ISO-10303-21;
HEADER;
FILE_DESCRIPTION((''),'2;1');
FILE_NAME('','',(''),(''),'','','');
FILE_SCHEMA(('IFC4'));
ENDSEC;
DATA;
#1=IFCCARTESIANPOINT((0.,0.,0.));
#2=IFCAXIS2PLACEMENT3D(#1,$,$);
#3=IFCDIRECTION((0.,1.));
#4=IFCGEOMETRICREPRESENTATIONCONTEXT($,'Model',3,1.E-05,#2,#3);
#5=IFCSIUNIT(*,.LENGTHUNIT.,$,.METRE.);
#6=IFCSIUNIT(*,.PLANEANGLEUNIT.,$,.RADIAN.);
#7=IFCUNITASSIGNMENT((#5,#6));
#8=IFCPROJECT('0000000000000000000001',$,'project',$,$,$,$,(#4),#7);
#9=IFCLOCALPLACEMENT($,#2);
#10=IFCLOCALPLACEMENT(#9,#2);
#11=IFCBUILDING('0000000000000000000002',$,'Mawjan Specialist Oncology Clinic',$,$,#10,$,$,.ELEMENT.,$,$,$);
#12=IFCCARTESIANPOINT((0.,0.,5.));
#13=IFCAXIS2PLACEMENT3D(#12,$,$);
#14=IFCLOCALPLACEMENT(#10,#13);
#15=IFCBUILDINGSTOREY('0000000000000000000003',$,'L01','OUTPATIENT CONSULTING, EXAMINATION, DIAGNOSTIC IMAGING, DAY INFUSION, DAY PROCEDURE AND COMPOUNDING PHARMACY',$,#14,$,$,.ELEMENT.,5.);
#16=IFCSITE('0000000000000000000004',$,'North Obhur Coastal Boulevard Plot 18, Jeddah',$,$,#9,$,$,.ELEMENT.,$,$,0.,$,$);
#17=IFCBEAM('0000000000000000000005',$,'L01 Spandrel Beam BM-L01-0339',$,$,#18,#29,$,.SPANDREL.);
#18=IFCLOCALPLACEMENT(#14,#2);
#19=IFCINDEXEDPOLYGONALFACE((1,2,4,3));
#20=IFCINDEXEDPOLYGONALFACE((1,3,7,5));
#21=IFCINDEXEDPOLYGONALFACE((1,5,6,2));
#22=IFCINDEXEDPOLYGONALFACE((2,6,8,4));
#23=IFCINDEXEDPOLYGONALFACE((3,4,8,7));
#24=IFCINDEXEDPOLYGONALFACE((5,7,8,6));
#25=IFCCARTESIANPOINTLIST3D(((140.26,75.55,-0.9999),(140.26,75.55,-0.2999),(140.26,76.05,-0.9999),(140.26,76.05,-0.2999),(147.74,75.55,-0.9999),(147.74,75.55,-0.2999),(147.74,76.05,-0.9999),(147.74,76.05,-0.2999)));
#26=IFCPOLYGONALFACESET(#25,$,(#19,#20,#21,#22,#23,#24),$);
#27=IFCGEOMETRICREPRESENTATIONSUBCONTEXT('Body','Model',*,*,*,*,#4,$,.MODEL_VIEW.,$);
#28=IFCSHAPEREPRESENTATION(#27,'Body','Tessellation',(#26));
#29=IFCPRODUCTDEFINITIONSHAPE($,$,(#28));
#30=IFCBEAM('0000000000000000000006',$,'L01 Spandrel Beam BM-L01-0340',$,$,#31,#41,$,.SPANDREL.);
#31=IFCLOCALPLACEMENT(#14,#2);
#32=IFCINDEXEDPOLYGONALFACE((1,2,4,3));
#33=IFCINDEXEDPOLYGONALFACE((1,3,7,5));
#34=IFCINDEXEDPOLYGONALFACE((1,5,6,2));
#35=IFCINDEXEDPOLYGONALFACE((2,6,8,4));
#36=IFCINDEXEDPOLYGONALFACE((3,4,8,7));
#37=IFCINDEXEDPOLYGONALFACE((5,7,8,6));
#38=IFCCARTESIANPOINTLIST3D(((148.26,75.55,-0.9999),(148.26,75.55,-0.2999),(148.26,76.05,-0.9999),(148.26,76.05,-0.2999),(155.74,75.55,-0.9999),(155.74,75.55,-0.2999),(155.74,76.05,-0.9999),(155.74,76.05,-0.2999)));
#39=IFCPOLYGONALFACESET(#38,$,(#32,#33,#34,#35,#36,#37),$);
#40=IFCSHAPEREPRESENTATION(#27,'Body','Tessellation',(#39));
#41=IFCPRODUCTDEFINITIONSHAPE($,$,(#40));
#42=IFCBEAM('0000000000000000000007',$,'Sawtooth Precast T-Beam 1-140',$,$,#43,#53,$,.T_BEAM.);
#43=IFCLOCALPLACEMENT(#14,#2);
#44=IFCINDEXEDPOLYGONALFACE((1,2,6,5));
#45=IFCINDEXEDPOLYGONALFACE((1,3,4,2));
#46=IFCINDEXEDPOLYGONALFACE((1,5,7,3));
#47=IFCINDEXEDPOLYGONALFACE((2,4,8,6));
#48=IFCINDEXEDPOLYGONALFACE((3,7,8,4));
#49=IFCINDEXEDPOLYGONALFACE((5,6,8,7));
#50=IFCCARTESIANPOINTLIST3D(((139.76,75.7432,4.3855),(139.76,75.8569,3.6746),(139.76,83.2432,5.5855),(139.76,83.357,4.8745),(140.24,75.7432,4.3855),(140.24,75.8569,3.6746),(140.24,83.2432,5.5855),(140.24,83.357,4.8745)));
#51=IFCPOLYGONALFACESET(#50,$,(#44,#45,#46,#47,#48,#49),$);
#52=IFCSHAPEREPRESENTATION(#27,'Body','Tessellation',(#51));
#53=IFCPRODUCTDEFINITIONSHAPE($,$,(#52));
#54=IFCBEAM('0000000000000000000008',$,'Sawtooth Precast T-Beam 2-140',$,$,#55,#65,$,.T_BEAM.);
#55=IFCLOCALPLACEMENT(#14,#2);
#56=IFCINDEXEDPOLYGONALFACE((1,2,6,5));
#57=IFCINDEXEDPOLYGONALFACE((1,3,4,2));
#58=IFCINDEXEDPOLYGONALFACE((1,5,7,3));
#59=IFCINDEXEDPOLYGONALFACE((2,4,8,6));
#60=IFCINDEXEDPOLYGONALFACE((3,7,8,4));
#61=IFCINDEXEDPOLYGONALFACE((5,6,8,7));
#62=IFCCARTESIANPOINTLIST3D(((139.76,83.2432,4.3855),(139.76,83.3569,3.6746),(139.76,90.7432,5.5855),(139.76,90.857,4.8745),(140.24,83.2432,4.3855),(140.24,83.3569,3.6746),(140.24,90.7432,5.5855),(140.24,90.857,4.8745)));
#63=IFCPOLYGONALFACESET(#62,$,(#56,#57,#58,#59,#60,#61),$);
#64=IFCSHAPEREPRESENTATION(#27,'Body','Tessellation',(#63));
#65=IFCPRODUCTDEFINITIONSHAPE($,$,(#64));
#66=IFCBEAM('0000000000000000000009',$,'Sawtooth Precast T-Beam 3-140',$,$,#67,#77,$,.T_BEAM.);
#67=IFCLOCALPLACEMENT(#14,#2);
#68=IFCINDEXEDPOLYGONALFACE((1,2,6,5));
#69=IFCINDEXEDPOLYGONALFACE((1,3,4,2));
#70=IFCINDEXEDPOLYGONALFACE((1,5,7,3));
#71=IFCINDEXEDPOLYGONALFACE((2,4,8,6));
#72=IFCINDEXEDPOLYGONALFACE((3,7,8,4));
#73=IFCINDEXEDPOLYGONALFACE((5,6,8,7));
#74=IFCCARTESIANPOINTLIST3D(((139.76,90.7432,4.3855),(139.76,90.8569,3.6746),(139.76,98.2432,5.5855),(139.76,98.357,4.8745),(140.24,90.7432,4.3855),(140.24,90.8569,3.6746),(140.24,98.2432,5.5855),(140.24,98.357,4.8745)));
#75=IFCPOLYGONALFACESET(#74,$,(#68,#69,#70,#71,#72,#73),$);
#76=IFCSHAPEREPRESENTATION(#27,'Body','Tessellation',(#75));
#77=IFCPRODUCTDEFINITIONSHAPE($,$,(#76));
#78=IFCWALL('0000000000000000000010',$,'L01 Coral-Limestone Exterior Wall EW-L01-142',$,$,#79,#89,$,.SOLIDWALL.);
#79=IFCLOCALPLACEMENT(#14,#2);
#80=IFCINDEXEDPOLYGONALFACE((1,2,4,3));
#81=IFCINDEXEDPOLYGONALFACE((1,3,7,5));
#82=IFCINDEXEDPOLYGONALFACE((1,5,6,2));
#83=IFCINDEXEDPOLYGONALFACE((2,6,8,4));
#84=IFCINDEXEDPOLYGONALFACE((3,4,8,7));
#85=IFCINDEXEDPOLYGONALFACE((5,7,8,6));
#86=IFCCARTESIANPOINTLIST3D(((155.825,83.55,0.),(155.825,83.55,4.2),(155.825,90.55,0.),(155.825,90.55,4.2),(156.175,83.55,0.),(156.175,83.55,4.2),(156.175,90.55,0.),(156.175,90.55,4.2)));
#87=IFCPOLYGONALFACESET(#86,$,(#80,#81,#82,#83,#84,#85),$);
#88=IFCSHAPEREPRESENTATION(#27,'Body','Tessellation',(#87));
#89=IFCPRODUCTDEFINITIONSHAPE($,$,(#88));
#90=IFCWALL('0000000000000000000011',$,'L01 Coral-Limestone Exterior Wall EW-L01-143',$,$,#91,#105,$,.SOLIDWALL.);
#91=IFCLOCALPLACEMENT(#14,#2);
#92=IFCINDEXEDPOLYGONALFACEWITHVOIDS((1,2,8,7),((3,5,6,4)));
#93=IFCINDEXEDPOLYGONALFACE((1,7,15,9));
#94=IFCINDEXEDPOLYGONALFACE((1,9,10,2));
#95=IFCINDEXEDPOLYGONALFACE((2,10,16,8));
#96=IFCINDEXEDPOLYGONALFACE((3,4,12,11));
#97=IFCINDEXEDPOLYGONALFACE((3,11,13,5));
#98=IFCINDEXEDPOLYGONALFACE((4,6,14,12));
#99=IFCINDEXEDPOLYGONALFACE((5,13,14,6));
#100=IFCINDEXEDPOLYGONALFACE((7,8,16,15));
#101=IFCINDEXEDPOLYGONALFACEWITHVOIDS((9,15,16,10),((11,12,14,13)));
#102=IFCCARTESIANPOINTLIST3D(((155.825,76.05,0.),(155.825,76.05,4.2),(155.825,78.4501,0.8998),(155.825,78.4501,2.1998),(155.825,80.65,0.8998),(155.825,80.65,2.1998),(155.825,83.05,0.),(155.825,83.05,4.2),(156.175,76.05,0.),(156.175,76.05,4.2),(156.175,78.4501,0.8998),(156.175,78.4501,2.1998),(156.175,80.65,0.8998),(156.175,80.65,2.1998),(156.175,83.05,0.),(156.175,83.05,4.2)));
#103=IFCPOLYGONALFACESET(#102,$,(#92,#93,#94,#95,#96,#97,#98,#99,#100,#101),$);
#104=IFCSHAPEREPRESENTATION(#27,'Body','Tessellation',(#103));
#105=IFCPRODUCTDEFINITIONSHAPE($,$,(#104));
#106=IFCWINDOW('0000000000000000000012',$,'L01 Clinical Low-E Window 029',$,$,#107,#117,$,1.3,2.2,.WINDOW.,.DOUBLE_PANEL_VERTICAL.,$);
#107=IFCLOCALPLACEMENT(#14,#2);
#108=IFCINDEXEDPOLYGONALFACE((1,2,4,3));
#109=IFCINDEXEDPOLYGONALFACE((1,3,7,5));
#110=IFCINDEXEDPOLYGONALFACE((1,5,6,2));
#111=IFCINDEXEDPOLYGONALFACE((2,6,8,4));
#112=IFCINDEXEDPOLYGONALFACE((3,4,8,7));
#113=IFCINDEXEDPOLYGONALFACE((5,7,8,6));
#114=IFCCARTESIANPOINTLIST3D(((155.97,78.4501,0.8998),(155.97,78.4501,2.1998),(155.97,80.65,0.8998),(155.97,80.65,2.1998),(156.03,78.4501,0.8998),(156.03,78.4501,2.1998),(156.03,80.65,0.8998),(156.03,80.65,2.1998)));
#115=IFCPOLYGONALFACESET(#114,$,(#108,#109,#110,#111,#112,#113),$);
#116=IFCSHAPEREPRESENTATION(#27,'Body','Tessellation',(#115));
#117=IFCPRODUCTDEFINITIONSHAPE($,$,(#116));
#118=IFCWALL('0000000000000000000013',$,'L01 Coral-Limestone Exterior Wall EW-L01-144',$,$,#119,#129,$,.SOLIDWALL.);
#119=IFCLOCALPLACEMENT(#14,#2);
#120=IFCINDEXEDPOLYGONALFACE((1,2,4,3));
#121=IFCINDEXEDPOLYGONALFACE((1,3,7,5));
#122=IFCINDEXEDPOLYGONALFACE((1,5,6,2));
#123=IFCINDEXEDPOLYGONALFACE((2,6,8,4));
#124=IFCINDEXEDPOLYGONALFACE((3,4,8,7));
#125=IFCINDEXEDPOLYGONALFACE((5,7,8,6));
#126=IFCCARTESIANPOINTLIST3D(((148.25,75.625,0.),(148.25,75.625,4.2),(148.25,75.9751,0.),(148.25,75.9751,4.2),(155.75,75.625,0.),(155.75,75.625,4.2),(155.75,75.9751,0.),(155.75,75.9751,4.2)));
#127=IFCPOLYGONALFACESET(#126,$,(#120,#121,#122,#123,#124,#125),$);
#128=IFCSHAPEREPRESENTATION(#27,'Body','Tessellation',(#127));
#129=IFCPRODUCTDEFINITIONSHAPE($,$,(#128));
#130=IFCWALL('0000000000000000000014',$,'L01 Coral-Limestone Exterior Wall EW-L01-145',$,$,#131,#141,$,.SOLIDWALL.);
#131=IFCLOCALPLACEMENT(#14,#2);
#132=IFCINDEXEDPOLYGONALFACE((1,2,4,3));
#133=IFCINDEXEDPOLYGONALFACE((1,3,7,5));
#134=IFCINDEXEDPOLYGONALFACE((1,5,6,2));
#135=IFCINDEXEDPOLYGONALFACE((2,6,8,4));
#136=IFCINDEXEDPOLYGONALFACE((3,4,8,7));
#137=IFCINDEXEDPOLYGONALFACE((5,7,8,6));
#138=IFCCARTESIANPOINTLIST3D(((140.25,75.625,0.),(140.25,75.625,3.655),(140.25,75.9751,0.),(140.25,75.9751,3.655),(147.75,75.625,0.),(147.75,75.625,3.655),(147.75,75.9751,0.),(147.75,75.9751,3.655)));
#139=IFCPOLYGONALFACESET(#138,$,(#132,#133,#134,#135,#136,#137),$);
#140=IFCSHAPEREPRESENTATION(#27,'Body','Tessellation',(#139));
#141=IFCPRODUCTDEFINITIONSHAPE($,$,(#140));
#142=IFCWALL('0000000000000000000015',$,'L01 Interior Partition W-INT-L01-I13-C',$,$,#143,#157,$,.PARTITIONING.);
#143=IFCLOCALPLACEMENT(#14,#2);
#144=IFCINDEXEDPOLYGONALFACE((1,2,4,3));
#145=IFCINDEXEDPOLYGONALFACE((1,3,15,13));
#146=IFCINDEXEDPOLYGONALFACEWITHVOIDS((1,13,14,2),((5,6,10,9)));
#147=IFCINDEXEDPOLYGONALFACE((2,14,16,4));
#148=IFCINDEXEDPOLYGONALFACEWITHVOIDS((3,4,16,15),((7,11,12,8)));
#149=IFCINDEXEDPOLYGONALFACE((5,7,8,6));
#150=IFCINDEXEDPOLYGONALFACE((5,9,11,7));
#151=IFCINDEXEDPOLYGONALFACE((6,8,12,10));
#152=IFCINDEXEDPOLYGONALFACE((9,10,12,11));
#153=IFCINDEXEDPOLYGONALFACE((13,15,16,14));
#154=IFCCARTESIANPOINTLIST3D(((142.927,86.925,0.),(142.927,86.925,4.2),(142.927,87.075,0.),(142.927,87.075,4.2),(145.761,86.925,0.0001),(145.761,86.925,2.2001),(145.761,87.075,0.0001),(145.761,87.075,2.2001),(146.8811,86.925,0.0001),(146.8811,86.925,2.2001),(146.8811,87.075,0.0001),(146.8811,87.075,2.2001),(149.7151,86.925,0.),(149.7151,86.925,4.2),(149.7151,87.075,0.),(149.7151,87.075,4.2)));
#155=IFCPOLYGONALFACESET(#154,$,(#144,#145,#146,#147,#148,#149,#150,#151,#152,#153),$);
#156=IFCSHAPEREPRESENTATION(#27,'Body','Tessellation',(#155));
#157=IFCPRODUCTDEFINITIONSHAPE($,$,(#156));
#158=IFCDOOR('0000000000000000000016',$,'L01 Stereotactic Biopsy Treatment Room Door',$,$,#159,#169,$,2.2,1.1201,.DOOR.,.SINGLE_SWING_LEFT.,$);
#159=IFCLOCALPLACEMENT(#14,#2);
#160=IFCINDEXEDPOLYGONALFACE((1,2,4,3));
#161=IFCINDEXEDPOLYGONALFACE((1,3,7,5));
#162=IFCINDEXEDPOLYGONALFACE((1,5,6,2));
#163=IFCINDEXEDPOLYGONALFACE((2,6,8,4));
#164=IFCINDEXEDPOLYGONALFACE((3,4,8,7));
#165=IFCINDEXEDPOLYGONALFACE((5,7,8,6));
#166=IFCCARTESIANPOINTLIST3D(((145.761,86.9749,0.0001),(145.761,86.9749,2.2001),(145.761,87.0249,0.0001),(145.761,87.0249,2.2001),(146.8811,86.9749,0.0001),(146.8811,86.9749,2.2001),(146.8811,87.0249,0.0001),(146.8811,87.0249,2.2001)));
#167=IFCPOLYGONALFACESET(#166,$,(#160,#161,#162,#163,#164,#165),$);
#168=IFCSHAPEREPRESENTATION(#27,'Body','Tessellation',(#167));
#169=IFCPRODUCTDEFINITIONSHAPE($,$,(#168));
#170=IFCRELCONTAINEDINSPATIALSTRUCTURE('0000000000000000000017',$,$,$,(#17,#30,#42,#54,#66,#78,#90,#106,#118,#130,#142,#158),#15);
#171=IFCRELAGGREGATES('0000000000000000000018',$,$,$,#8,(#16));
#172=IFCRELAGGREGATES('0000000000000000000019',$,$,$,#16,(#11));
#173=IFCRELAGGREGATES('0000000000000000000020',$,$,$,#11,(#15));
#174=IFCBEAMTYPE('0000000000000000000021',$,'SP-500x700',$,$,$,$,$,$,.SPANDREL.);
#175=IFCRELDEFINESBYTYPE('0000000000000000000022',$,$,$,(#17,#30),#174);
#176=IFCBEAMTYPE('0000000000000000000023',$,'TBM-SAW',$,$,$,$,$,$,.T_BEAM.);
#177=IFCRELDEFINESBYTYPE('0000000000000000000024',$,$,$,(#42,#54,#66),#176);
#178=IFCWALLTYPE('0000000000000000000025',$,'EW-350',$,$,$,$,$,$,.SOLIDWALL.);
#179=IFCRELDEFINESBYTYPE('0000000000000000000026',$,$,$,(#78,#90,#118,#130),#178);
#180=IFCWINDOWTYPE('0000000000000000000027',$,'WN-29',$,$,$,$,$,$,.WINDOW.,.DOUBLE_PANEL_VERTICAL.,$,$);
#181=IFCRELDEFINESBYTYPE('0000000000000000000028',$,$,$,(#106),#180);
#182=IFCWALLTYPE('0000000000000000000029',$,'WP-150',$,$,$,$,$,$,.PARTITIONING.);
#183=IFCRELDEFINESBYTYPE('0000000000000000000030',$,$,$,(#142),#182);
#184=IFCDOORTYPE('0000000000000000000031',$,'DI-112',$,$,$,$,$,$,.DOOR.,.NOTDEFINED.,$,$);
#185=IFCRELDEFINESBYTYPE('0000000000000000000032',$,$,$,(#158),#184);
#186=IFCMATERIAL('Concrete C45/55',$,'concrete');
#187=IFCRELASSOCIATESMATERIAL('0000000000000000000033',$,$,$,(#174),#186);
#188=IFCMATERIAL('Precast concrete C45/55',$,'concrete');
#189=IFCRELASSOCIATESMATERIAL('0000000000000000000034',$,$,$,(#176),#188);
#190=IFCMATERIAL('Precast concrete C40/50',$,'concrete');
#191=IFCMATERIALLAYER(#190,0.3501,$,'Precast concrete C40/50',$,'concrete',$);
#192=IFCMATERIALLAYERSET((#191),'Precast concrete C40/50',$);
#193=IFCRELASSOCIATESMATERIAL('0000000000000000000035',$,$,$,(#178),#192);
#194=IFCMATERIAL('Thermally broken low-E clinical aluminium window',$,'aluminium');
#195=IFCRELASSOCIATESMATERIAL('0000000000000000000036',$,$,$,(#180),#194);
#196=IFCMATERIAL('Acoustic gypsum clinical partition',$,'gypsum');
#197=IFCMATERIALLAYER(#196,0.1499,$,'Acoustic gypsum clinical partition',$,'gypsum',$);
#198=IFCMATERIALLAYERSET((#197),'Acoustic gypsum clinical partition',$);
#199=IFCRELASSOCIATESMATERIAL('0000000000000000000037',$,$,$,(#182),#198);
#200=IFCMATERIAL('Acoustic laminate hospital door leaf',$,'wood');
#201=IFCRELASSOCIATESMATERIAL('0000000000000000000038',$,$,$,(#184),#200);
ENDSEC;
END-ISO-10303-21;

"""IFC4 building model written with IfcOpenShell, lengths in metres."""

from ifc_helpers import new_model, si_unit, direction, frame, frame_2d, origin, origin_2d, place, context, subcontext, project, spatial, rectangle, extrude, material, layer, layer_set, material_profile, profile_set, type_object, element, fill, save


model = new_model("IFC4")

# Units and contexts
model_context = context("Model", 3, precision=1e-05, world=origin(), true_north=direction((0.0, 1.0)))
body_context = subcontext(model_context, "Body", "Model", "MODEL_VIEW")
ifc_project = project(units=[si_unit("LENGTHUNIT", "METRE"), si_unit("PLANEANGLEUNIT", "RADIAN")], contexts=[model_context])

# Site, building, storey
site_placement = place(None, origin())
site = spatial("IfcSite", under=ifc_project, at=site_placement, Name="North Obhur Coastal Boulevard Plot 18, Jeddah", CompositionType="ELEMENT", RefElevation=0.0)
building_placement = place(site_placement, origin())
building = spatial("IfcBuilding", under=site, at=building_placement, Name="Mawjan Specialist Oncology Clinic", CompositionType="ELEMENT")
storey_placement = place(building_placement, frame((0.0, 0.0, 5.0)))
storey = spatial("IfcBuildingStorey", under=building, at=storey_placement, Name="L01", Description="OUTPATIENT CONSULTING, EXAMINATION, DIAGNOSTIC IMAGING, DAY INFUSION, DAY PROCEDURE AND COMPOUNDING PHARMACY", CompositionType="ELEMENT", Elevation=5.0)

# Beams
ifc_material_1 = material(Name="Concrete C45/55", Category="concrete")
ifc_material_profile_1 = material_profile(ifc_material_1, rectangle(XDim=0.5, YDim=0.7, at=origin_2d()), Name="RC BM 500x700", Category="concrete")
ifc_profile_set_1 = profile_set([ifc_material_profile_1], Name="Concrete C45/55")
beam_type_1 = type_object("IfcBeamType", Name="SP-500x700", PredefinedType="SPANDREL", material=ifc_profile_set_1)
for number, where, z_axis, x_axis, name in (
    (1, (140.26, 75.8, -0.6499), (1.0, 0.0, 0.0), (0.0, 1.0, 0.0), "L01 Spandrel Beam BM-L01-0339"),
    (2, (148.26, 75.8, -0.6499), (1.0, 0.0, 0.0), (0.0, 1.0, 0.0), "L01 Spandrel Beam BM-L01-0340"),
):
    element("IfcBeam", number, at=place(storey_placement, frame(where, z_axis=z_axis, x_axis=x_axis)), inside=storey, type_object=beam_type_1, Name=name, PredefinedType="SPANDREL", context=body_context, shape_type="SweptSolid", body=[
        extrude(rectangle(XDim=0.5, YDim=0.7, at=origin_2d()), origin(), (0.0, 0.0, 1.0), 7.48),
    ])
ifc_material_2 = material(Name="Precast concrete C45/55", Category="concrete")
ifc_material_profile_2 = material_profile(ifc_material_2, rectangle(XDim=0.48, YDim=0.72, at=origin_2d()), Name="RC TBM 480x720", Category="concrete")
ifc_profile_set_2 = profile_set([ifc_material_profile_2], Name="Precast concrete C45/55")
beam_type_2 = type_object("IfcBeamType", Name="TBM-SAW", PredefinedType="T_BEAM", material=ifc_profile_set_2)
for number, where, z_axis, x_axis, name in (
    (3, (140.0, 75.8, 4.03), (0.0, 0.987442, 0.157984), (-1.0, 0.0, 0.0), "Sawtooth Precast T-Beam 1-140"),
    (4, (140.0, 83.3, 4.03), (0.0, 0.987442, 0.157984), (-1.0, 0.0, 0.0), "Sawtooth Precast T-Beam 2-140"),
    (5, (140.0, 90.8, 4.03), (0.0, 0.987442, 0.157984), (-1.0, 0.0, 0.0), "Sawtooth Precast T-Beam 3-140"),
):
    element("IfcBeam", number, at=place(storey_placement, frame(where, z_axis=z_axis, x_axis=x_axis)), inside=storey, type_object=beam_type_2, Name=name, PredefinedType="T_BEAM", context=body_context, shape_type="SweptSolid", body=[
        extrude(rectangle(XDim=0.48, YDim=0.72, at=origin_2d()), origin(), (0.0, 0.0, 1.0), 7.5955),
    ])

# Wall
ifc_material_3 = material(Name="Precast concrete C40/50", Category="concrete")
ifc_layer_1 = layer(ifc_material_3, 0.3501, Name="Precast concrete C40/50", Category="concrete")
ifc_layer_set_1 = layer_set([ifc_layer_1], Name="Precast concrete C40/50")
wall_type_1 = type_object("IfcWallType", Name="EW-350", PredefinedType="SOLIDWALL", material=ifc_layer_set_1)
wall_1_placement = place(storey_placement, frame((156.0, 90.55, 0.0), z_axis=(0.0, 0.0, 1.0), x_axis=(0.0, -1.0, 0.0)))
element("IfcWall", 6, at=wall_1_placement, inside=storey, type_object=wall_type_1, Name="L01 Coral-Limestone Exterior Wall EW-L01-142", PredefinedType="SOLIDWALL", context=body_context, shape_type="SweptSolid", body=[
    extrude(rectangle(XDim=7.0, YDim=0.3501, at=frame_2d((3.5, 0.0))), origin(), (0.0, 0.0, 1.0), 4.2),
])

# Wall, opening, window
wall_2_placement = place(storey_placement, frame((156.0, 83.05, 0.0), z_axis=(0.0, 0.0, 1.0), x_axis=(0.0, -1.0, 0.0)))
wall_2 = element("IfcWall", 7, at=wall_2_placement, inside=storey, type_object=wall_type_1, Name="L01 Coral-Limestone Exterior Wall EW-L01-143", PredefinedType="SOLIDWALL", context=body_context, shape_type="SweptSolid", body=[
    extrude(rectangle(XDim=7.0, YDim=0.3501, at=frame_2d((3.5, 0.0))), origin(), (0.0, 0.0, 1.0), 4.2),
])
opening_1_placement = place(wall_2_placement, frame((2.3999, 0.0, 0.8999)))
opening_1 = element("IfcOpeningElement", 8, at=opening_1_placement, cuts=wall_2, PredefinedType="OPENING", context=body_context, shape_type="SweptSolid", body=[
    extrude(rectangle(XDim=2.2, YDim=1.3, at=frame_2d((1.1001, 0.6499))), frame((0.0, 0.187, 0.0), z_axis=(0.0, -1.0, 0.0), x_axis=(1.0, 0.0, 0.0)), (0.0, 0.0, 1.0), 0.374),
])
ifc_material_4 = material(Name="Thermally broken low-E clinical aluminium window", Category="aluminium")
window_type = type_object("IfcWindowType", Name="WN-29", PartitioningType="DOUBLE_PANEL_VERTICAL", PredefinedType="WINDOW", material=ifc_material_4)
window_placement = place(opening_1_placement, origin())
window = element("IfcWindow", 9, at=window_placement, inside=storey, type_object=window_type, Name="L01 Clinical Low-E Window 029", OverallHeight=1.3, OverallWidth=2.2, PartitioningType="DOUBLE_PANEL_VERTICAL", PredefinedType="WINDOW", context=body_context, shape_type="SweptSolid", body=[
    extrude(rectangle(XDim=2.2, YDim=1.3, at=frame_2d((1.1001, 0.6499))), frame((0.0, 0.03, 0.0), z_axis=(0.0, -1.0, 0.0), x_axis=(1.0, 0.0, 0.0)), (0.0, 0.0, 1.0), 0.0601),
])
fill(opening_1, window)

# Walls
wall_3_placement = place(storey_placement, frame((155.75, 75.8, 0.0), z_axis=(0.0, 0.0, 1.0), x_axis=(-1.0, 0.0, 0.0)))
element("IfcWall", 10, at=wall_3_placement, inside=storey, type_object=wall_type_1, Name="L01 Coral-Limestone Exterior Wall EW-L01-144", PredefinedType="SOLIDWALL", context=body_context, shape_type="SweptSolid", body=[
    extrude(rectangle(XDim=7.5, YDim=0.3501, at=frame_2d((3.75, 0.0))), origin(), (0.0, 0.0, 1.0), 4.2),
])
wall_4_placement = place(storey_placement, frame((147.75, 75.8, 0.0), z_axis=(0.0, 0.0, 1.0), x_axis=(-1.0, 0.0, 0.0)))
element("IfcWall", 11, at=wall_4_placement, inside=storey, type_object=wall_type_1, Name="L01 Coral-Limestone Exterior Wall EW-L01-145", PredefinedType="SOLIDWALL", context=body_context, shape_type="SweptSolid", body=[
    extrude(rectangle(XDim=7.5, YDim=0.3501, at=frame_2d((3.75, 0.0))), origin(), (0.0, 0.0, 1.0), 3.655),
])

# Wall, opening, door
ifc_material_5 = material(Name="Acoustic gypsum clinical partition", Category="gypsum")
ifc_layer_2 = layer(ifc_material_5, 0.1499, Name="Acoustic gypsum clinical partition", Category="gypsum")
ifc_layer_set_2 = layer_set([ifc_layer_2], Name="Acoustic gypsum clinical partition")
wall_type_2 = type_object("IfcWallType", Name="WP-150", PredefinedType="PARTITIONING", material=ifc_layer_set_2)
wall_5_placement = place(storey_placement, frame((142.927, 87.0, 0.0), z_axis=(0.0, 0.0, 1.0), x_axis=(1.0, 0.0, 0.0)))
wall_5 = element("IfcWall", 12, at=wall_5_placement, inside=storey, type_object=wall_type_2, Name="L01 Interior Partition W-INT-L01-I13-C", PredefinedType="PARTITIONING", context=body_context, shape_type="SweptSolid", body=[
    extrude(rectangle(XDim=6.7881, YDim=0.1499, at=frame_2d((3.394, 0.0))), origin(), (0.0, 0.0, 1.0), 4.2),
])
opening_2_placement = place(wall_5_placement, frame((2.834, 0.0, 0.0)))
opening_2 = element("IfcOpeningElement", 13, at=opening_2_placement, cuts=wall_5, PredefinedType="OPENING", context=body_context, shape_type="SweptSolid", body=[
    extrude(rectangle(XDim=1.1201, YDim=2.2, at=frame_2d((0.5601, 1.1001))), frame((0.0, 0.0869, 0.0), z_axis=(0.0, -1.0, 0.0), x_axis=(1.0, 0.0, 0.0)), (0.0, 0.0, 1.0), 0.1738),
])
ifc_material_6 = material(Name="Acoustic laminate hospital door leaf", Category="wood")
door_type_1 = type_object("IfcDoorType", Name="DI-112", OperationType="NOTDEFINED", PredefinedType="DOOR", material=ifc_material_6)
door_1_placement = place(opening_2_placement, origin())
door_1 = element("IfcDoor", 14, at=door_1_placement, inside=storey, type_object=door_type_1, Name="L01 Stereotactic Biopsy Treatment Room Door", OperationType="SINGLE_SWING_LEFT", OverallHeight=2.2, OverallWidth=1.1201, PredefinedType="DOOR", context=body_context, shape_type="SweptSolid", body=[
    extrude(rectangle(XDim=1.1201, YDim=2.2, at=frame_2d((0.5601, 1.1001))), frame((0.0, 0.0249, 0.0), z_axis=(0.0, -1.0, 0.0), x_axis=(1.0, 0.0, 0.0)), (0.0, 0.0, 1.0), 0.05),
])
fill(opening_2, door_1)

save(model, "model.ifc")
